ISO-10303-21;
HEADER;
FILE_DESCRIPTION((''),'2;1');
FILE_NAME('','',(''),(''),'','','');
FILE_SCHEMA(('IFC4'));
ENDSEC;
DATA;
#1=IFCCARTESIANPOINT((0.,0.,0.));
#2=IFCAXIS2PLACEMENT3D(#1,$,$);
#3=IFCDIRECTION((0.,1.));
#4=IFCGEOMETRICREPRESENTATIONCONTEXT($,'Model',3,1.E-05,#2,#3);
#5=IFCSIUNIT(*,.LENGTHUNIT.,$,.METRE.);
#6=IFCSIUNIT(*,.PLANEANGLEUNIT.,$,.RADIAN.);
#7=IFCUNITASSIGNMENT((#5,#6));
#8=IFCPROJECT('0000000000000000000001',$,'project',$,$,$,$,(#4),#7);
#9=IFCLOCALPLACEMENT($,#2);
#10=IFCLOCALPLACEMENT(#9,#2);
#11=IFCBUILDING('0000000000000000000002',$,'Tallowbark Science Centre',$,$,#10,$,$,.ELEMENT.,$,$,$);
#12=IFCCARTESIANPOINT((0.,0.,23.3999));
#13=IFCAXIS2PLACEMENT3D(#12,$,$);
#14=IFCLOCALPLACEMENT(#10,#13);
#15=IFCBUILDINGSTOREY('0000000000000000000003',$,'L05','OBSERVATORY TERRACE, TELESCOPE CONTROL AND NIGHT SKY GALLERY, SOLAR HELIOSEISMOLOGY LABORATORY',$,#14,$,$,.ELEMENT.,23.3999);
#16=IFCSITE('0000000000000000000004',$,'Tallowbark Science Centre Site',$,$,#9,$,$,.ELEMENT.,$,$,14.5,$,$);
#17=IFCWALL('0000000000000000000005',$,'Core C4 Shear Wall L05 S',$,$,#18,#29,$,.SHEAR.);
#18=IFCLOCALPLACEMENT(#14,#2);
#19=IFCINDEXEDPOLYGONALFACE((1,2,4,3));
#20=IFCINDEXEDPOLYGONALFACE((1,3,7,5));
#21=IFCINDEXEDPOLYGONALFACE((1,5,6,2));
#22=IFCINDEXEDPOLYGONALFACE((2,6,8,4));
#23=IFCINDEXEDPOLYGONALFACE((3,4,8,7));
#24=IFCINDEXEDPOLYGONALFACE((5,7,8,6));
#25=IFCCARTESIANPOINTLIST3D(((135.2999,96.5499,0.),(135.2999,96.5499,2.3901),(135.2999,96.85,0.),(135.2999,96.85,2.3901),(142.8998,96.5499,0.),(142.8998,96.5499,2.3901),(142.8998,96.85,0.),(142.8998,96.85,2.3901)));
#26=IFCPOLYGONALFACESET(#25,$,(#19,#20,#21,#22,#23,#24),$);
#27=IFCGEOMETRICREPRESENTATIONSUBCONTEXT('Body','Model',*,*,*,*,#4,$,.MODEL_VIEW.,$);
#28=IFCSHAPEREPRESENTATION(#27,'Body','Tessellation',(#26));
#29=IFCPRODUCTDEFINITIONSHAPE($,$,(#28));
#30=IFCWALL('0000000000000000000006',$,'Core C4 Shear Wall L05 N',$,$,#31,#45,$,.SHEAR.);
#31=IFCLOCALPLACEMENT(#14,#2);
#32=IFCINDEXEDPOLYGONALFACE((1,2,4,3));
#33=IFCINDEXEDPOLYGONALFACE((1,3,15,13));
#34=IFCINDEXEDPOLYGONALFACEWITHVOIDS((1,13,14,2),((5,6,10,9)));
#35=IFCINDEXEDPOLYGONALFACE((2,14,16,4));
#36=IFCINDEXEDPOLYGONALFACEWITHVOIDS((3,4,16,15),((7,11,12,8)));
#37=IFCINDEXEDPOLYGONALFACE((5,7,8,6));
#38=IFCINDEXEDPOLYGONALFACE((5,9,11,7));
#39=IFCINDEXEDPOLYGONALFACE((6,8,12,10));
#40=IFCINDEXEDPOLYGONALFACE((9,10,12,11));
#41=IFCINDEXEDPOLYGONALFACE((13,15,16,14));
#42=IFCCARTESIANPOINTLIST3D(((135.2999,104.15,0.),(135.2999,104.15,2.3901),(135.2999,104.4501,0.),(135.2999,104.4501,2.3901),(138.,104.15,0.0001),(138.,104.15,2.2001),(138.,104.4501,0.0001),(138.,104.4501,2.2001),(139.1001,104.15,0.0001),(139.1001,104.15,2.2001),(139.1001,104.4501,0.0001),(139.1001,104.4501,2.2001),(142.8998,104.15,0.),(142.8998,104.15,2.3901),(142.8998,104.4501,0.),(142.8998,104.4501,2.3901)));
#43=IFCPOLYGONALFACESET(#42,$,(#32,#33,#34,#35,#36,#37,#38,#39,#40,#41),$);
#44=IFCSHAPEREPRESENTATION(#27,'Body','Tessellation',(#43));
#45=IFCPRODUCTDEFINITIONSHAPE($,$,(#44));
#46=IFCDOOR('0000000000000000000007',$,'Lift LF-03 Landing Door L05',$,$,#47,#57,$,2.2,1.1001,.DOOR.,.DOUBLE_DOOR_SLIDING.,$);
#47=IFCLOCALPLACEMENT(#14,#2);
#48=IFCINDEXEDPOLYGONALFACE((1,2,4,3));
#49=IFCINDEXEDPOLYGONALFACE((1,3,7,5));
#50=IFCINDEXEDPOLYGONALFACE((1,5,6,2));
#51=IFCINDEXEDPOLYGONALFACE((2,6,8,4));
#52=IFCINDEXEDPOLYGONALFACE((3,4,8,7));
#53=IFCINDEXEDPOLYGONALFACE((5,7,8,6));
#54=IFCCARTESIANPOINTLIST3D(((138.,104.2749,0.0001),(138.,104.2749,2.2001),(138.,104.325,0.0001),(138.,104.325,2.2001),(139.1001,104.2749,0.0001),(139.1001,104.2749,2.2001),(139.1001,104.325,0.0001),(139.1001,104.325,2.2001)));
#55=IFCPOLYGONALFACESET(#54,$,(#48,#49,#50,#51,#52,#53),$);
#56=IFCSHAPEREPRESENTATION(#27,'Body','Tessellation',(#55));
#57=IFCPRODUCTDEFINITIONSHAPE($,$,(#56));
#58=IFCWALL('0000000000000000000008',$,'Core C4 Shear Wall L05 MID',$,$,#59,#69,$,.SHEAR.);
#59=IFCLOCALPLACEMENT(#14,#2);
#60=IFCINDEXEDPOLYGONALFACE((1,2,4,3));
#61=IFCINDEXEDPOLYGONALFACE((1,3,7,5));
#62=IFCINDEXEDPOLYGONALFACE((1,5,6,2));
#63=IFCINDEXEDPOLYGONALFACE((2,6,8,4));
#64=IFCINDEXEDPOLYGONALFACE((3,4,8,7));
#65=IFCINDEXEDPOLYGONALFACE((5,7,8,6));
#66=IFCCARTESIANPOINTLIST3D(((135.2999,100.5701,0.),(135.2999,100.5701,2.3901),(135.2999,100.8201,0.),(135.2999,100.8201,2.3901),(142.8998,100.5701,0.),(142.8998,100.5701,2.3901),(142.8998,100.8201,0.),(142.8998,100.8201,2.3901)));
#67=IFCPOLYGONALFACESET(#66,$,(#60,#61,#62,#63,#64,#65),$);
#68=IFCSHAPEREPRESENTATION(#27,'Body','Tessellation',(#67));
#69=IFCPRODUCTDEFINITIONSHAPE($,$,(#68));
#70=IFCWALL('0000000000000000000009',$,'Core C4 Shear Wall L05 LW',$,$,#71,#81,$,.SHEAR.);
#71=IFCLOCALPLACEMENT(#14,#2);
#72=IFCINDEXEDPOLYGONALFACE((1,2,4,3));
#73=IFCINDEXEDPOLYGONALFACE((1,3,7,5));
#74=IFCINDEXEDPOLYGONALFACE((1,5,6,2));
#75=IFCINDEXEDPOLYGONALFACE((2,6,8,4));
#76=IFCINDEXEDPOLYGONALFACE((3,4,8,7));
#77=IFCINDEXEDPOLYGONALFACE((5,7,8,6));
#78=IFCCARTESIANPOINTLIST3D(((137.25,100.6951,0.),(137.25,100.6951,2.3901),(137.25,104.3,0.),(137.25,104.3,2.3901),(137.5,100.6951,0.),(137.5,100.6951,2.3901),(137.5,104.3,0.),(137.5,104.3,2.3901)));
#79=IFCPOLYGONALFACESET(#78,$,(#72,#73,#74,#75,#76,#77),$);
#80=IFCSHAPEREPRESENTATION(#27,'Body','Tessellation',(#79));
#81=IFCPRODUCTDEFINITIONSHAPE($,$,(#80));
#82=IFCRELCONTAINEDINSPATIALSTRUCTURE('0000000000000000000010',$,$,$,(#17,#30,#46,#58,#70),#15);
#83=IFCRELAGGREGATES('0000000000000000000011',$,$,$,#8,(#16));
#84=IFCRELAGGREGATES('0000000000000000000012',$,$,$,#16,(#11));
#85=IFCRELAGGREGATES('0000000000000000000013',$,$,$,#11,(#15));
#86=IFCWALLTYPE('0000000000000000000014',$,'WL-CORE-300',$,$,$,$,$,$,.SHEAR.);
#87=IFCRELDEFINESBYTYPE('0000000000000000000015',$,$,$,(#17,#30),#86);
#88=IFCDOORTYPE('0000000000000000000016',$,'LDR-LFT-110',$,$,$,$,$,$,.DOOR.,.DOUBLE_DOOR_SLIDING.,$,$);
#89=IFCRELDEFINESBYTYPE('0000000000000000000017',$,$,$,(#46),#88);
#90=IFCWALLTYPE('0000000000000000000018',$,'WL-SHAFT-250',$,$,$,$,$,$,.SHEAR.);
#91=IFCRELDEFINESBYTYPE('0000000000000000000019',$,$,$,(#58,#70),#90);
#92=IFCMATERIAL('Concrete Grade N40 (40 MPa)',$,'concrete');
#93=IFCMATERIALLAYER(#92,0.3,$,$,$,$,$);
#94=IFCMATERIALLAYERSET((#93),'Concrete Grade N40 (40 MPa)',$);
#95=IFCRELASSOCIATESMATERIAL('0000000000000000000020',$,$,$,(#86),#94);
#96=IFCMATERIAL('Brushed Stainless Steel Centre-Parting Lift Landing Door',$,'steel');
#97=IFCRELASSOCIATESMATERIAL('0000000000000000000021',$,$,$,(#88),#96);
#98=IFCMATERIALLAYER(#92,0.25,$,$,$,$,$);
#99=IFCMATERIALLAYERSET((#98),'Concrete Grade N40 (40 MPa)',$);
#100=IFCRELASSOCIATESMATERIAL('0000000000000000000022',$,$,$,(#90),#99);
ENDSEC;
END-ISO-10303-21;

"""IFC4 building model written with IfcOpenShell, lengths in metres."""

from ifc_helpers import new_model, si_unit, direction, frame, frame_2d, origin, place, context, subcontext, project, spatial, rectangle, extrude, material, layer, layer_set, type_object, element, fill, save


model = new_model("IFC4")

# Units and contexts
model_context = context("Model", 3, precision=1e-05, world=origin(), true_north=direction((0.0, 1.0)))
body_context = subcontext(model_context, "Body", "Model", "MODEL_VIEW")
ifc_project = project(units=[si_unit("LENGTHUNIT", "METRE"), si_unit("PLANEANGLEUNIT", "RADIAN")], contexts=[model_context])

# Site, building, storey
site_placement = place(None, origin())
site = spatial("IfcSite", under=ifc_project, at=site_placement, Name="Tallowbark Science Centre Site", CompositionType="ELEMENT", RefElevation=14.5)
building_placement = place(site_placement, origin())
building = spatial("IfcBuilding", under=site, at=building_placement, Name="Tallowbark Science Centre", CompositionType="ELEMENT")
storey_placement = place(building_placement, frame((0.0, 0.0, 23.3999)))
storey = spatial("IfcBuildingStorey", under=building, at=storey_placement, Name="L05", Description="OBSERVATORY TERRACE, TELESCOPE CONTROL AND NIGHT SKY GALLERY, SOLAR HELIOSEISMOLOGY LABORATORY", CompositionType="ELEMENT", Elevation=23.3999)

# Shared definitions
ifc_material_1 = material(Name="Concrete Grade N40 (40 MPa)", Category="concrete")
ifc_layer_1 = layer(ifc_material_1, 0.3)
ifc_layer_set_1 = layer_set([ifc_layer_1], Name="Concrete Grade N40 (40 MPa)")
wall_type_1 = type_object("IfcWallType", Name="WL-CORE-300", PredefinedType="SHEAR", material=ifc_layer_set_1)

# Wall
wall_1_placement = place(storey_placement, frame((135.3, 96.7, 0.0), z_axis=(0.0, 0.0, 1.0), x_axis=(1.0, 0.0, 0.0)))
element("IfcWall", 1, at=wall_1_placement, inside=storey, type_object=wall_type_1, Name="Core C4 Shear Wall L05 S", PredefinedType="SHEAR", context=body_context, shape_type="SweptSolid", body=[
    extrude(rectangle(XDim=7.5999, YDim=0.3, at=frame_2d((3.7998, 0.0))), origin(), (0.0, 0.0, 1.0), 2.3901),
])

# Wall, opening, door
wall_2_placement = place(storey_placement, frame((135.3, 104.3, 0.0), z_axis=(0.0, 0.0, 1.0), x_axis=(1.0, 0.0, 0.0)))
wall_2 = element("IfcWall", 2, at=wall_2_placement, inside=storey, type_object=wall_type_1, Name="Core C4 Shear Wall L05 N", PredefinedType="SHEAR", context=body_context, shape_type="SweptSolid", body=[
    extrude(rectangle(XDim=7.5999, YDim=0.3, at=frame_2d((3.7998, 0.0))), origin(), (0.0, 0.0, 1.0), 2.3901),
])
opening_1_placement = place(wall_2_placement, frame((2.7, 0.0, 0.0)))
opening_1 = element("IfcOpeningElement", 3, at=opening_1_placement, cuts=wall_2, PredefinedType="OPENING", context=body_context, shape_type="SweptSolid", body=[
    extrude(rectangle(XDim=1.1001, YDim=2.2, at=frame_2d((0.55, 1.1001))), frame((0.0, 0.1602, 0.0), z_axis=(0.0, -1.0, 0.0), x_axis=(1.0, 0.0, 0.0)), (0.0, 0.0, 1.0), 0.3201),
])
ifc_material_2 = material(Name="Brushed Stainless Steel Centre-Parting Lift Landing Door", Category="steel")
door_type_1 = type_object("IfcDoorType", Name="LDR-LFT-110", OperationType="DOUBLE_DOOR_SLIDING", PredefinedType="DOOR", material=ifc_material_2)
door_1_placement = place(opening_1_placement, origin())
door_1 = element("IfcDoor", 4, at=door_1_placement, inside=storey, type_object=door_type_1, Name="Lift LF-03 Landing Door L05", OperationType="DOUBLE_DOOR_SLIDING", OverallHeight=2.2, OverallWidth=1.1001, PredefinedType="DOOR", context=body_context, shape_type="SweptSolid", body=[
    extrude(rectangle(XDim=1.1001, YDim=2.2, at=frame_2d((0.55, 1.1001))), frame((0.0, 0.0249, 0.0), z_axis=(0.0, -1.0, 0.0), x_axis=(1.0, 0.0, 0.0)), (0.0, 0.0, 1.0), 0.05),
])
fill(opening_1, door_1)

# Walls
ifc_layer_2 = layer(ifc_material_1, 0.25)
ifc_layer_set_2 = layer_set([ifc_layer_2], Name="Concrete Grade N40 (40 MPa)")
wall_type_2 = type_object("IfcWallType", Name="WL-SHAFT-250", PredefinedType="SHEAR", material=ifc_layer_set_2)
wall_3_placement = place(storey_placement, frame((135.3, 100.6951, 0.0), z_axis=(0.0, 0.0, 1.0), x_axis=(1.0, 0.0, 0.0)))
element("IfcWall", 5, at=wall_3_placement, inside=storey, type_object=wall_type_2, Name="Core C4 Shear Wall L05 MID", PredefinedType="SHEAR", context=body_context, shape_type="SweptSolid", body=[
    extrude(rectangle(XDim=7.5999, YDim=0.25, at=frame_2d((3.7998, 0.0))), origin(), (0.0, 0.0, 1.0), 2.3901),
])
wall_4_placement = place(storey_placement, frame((137.375, 100.6951, 0.0), z_axis=(0.0, 0.0, 1.0), x_axis=(0.0, 1.0, 0.0)))
element("IfcWall", 6, at=wall_4_placement, inside=storey, type_object=wall_type_2, Name="Core C4 Shear Wall L05 LW", PredefinedType="SHEAR", context=body_context, shape_type="SweptSolid", body=[
    extrude(rectangle(XDim=3.605, YDim=0.25, at=frame_2d((1.8025, 0.0))), origin(), (0.0, 0.0, 1.0), 2.3901),
])

save(model, "model.ifc")
